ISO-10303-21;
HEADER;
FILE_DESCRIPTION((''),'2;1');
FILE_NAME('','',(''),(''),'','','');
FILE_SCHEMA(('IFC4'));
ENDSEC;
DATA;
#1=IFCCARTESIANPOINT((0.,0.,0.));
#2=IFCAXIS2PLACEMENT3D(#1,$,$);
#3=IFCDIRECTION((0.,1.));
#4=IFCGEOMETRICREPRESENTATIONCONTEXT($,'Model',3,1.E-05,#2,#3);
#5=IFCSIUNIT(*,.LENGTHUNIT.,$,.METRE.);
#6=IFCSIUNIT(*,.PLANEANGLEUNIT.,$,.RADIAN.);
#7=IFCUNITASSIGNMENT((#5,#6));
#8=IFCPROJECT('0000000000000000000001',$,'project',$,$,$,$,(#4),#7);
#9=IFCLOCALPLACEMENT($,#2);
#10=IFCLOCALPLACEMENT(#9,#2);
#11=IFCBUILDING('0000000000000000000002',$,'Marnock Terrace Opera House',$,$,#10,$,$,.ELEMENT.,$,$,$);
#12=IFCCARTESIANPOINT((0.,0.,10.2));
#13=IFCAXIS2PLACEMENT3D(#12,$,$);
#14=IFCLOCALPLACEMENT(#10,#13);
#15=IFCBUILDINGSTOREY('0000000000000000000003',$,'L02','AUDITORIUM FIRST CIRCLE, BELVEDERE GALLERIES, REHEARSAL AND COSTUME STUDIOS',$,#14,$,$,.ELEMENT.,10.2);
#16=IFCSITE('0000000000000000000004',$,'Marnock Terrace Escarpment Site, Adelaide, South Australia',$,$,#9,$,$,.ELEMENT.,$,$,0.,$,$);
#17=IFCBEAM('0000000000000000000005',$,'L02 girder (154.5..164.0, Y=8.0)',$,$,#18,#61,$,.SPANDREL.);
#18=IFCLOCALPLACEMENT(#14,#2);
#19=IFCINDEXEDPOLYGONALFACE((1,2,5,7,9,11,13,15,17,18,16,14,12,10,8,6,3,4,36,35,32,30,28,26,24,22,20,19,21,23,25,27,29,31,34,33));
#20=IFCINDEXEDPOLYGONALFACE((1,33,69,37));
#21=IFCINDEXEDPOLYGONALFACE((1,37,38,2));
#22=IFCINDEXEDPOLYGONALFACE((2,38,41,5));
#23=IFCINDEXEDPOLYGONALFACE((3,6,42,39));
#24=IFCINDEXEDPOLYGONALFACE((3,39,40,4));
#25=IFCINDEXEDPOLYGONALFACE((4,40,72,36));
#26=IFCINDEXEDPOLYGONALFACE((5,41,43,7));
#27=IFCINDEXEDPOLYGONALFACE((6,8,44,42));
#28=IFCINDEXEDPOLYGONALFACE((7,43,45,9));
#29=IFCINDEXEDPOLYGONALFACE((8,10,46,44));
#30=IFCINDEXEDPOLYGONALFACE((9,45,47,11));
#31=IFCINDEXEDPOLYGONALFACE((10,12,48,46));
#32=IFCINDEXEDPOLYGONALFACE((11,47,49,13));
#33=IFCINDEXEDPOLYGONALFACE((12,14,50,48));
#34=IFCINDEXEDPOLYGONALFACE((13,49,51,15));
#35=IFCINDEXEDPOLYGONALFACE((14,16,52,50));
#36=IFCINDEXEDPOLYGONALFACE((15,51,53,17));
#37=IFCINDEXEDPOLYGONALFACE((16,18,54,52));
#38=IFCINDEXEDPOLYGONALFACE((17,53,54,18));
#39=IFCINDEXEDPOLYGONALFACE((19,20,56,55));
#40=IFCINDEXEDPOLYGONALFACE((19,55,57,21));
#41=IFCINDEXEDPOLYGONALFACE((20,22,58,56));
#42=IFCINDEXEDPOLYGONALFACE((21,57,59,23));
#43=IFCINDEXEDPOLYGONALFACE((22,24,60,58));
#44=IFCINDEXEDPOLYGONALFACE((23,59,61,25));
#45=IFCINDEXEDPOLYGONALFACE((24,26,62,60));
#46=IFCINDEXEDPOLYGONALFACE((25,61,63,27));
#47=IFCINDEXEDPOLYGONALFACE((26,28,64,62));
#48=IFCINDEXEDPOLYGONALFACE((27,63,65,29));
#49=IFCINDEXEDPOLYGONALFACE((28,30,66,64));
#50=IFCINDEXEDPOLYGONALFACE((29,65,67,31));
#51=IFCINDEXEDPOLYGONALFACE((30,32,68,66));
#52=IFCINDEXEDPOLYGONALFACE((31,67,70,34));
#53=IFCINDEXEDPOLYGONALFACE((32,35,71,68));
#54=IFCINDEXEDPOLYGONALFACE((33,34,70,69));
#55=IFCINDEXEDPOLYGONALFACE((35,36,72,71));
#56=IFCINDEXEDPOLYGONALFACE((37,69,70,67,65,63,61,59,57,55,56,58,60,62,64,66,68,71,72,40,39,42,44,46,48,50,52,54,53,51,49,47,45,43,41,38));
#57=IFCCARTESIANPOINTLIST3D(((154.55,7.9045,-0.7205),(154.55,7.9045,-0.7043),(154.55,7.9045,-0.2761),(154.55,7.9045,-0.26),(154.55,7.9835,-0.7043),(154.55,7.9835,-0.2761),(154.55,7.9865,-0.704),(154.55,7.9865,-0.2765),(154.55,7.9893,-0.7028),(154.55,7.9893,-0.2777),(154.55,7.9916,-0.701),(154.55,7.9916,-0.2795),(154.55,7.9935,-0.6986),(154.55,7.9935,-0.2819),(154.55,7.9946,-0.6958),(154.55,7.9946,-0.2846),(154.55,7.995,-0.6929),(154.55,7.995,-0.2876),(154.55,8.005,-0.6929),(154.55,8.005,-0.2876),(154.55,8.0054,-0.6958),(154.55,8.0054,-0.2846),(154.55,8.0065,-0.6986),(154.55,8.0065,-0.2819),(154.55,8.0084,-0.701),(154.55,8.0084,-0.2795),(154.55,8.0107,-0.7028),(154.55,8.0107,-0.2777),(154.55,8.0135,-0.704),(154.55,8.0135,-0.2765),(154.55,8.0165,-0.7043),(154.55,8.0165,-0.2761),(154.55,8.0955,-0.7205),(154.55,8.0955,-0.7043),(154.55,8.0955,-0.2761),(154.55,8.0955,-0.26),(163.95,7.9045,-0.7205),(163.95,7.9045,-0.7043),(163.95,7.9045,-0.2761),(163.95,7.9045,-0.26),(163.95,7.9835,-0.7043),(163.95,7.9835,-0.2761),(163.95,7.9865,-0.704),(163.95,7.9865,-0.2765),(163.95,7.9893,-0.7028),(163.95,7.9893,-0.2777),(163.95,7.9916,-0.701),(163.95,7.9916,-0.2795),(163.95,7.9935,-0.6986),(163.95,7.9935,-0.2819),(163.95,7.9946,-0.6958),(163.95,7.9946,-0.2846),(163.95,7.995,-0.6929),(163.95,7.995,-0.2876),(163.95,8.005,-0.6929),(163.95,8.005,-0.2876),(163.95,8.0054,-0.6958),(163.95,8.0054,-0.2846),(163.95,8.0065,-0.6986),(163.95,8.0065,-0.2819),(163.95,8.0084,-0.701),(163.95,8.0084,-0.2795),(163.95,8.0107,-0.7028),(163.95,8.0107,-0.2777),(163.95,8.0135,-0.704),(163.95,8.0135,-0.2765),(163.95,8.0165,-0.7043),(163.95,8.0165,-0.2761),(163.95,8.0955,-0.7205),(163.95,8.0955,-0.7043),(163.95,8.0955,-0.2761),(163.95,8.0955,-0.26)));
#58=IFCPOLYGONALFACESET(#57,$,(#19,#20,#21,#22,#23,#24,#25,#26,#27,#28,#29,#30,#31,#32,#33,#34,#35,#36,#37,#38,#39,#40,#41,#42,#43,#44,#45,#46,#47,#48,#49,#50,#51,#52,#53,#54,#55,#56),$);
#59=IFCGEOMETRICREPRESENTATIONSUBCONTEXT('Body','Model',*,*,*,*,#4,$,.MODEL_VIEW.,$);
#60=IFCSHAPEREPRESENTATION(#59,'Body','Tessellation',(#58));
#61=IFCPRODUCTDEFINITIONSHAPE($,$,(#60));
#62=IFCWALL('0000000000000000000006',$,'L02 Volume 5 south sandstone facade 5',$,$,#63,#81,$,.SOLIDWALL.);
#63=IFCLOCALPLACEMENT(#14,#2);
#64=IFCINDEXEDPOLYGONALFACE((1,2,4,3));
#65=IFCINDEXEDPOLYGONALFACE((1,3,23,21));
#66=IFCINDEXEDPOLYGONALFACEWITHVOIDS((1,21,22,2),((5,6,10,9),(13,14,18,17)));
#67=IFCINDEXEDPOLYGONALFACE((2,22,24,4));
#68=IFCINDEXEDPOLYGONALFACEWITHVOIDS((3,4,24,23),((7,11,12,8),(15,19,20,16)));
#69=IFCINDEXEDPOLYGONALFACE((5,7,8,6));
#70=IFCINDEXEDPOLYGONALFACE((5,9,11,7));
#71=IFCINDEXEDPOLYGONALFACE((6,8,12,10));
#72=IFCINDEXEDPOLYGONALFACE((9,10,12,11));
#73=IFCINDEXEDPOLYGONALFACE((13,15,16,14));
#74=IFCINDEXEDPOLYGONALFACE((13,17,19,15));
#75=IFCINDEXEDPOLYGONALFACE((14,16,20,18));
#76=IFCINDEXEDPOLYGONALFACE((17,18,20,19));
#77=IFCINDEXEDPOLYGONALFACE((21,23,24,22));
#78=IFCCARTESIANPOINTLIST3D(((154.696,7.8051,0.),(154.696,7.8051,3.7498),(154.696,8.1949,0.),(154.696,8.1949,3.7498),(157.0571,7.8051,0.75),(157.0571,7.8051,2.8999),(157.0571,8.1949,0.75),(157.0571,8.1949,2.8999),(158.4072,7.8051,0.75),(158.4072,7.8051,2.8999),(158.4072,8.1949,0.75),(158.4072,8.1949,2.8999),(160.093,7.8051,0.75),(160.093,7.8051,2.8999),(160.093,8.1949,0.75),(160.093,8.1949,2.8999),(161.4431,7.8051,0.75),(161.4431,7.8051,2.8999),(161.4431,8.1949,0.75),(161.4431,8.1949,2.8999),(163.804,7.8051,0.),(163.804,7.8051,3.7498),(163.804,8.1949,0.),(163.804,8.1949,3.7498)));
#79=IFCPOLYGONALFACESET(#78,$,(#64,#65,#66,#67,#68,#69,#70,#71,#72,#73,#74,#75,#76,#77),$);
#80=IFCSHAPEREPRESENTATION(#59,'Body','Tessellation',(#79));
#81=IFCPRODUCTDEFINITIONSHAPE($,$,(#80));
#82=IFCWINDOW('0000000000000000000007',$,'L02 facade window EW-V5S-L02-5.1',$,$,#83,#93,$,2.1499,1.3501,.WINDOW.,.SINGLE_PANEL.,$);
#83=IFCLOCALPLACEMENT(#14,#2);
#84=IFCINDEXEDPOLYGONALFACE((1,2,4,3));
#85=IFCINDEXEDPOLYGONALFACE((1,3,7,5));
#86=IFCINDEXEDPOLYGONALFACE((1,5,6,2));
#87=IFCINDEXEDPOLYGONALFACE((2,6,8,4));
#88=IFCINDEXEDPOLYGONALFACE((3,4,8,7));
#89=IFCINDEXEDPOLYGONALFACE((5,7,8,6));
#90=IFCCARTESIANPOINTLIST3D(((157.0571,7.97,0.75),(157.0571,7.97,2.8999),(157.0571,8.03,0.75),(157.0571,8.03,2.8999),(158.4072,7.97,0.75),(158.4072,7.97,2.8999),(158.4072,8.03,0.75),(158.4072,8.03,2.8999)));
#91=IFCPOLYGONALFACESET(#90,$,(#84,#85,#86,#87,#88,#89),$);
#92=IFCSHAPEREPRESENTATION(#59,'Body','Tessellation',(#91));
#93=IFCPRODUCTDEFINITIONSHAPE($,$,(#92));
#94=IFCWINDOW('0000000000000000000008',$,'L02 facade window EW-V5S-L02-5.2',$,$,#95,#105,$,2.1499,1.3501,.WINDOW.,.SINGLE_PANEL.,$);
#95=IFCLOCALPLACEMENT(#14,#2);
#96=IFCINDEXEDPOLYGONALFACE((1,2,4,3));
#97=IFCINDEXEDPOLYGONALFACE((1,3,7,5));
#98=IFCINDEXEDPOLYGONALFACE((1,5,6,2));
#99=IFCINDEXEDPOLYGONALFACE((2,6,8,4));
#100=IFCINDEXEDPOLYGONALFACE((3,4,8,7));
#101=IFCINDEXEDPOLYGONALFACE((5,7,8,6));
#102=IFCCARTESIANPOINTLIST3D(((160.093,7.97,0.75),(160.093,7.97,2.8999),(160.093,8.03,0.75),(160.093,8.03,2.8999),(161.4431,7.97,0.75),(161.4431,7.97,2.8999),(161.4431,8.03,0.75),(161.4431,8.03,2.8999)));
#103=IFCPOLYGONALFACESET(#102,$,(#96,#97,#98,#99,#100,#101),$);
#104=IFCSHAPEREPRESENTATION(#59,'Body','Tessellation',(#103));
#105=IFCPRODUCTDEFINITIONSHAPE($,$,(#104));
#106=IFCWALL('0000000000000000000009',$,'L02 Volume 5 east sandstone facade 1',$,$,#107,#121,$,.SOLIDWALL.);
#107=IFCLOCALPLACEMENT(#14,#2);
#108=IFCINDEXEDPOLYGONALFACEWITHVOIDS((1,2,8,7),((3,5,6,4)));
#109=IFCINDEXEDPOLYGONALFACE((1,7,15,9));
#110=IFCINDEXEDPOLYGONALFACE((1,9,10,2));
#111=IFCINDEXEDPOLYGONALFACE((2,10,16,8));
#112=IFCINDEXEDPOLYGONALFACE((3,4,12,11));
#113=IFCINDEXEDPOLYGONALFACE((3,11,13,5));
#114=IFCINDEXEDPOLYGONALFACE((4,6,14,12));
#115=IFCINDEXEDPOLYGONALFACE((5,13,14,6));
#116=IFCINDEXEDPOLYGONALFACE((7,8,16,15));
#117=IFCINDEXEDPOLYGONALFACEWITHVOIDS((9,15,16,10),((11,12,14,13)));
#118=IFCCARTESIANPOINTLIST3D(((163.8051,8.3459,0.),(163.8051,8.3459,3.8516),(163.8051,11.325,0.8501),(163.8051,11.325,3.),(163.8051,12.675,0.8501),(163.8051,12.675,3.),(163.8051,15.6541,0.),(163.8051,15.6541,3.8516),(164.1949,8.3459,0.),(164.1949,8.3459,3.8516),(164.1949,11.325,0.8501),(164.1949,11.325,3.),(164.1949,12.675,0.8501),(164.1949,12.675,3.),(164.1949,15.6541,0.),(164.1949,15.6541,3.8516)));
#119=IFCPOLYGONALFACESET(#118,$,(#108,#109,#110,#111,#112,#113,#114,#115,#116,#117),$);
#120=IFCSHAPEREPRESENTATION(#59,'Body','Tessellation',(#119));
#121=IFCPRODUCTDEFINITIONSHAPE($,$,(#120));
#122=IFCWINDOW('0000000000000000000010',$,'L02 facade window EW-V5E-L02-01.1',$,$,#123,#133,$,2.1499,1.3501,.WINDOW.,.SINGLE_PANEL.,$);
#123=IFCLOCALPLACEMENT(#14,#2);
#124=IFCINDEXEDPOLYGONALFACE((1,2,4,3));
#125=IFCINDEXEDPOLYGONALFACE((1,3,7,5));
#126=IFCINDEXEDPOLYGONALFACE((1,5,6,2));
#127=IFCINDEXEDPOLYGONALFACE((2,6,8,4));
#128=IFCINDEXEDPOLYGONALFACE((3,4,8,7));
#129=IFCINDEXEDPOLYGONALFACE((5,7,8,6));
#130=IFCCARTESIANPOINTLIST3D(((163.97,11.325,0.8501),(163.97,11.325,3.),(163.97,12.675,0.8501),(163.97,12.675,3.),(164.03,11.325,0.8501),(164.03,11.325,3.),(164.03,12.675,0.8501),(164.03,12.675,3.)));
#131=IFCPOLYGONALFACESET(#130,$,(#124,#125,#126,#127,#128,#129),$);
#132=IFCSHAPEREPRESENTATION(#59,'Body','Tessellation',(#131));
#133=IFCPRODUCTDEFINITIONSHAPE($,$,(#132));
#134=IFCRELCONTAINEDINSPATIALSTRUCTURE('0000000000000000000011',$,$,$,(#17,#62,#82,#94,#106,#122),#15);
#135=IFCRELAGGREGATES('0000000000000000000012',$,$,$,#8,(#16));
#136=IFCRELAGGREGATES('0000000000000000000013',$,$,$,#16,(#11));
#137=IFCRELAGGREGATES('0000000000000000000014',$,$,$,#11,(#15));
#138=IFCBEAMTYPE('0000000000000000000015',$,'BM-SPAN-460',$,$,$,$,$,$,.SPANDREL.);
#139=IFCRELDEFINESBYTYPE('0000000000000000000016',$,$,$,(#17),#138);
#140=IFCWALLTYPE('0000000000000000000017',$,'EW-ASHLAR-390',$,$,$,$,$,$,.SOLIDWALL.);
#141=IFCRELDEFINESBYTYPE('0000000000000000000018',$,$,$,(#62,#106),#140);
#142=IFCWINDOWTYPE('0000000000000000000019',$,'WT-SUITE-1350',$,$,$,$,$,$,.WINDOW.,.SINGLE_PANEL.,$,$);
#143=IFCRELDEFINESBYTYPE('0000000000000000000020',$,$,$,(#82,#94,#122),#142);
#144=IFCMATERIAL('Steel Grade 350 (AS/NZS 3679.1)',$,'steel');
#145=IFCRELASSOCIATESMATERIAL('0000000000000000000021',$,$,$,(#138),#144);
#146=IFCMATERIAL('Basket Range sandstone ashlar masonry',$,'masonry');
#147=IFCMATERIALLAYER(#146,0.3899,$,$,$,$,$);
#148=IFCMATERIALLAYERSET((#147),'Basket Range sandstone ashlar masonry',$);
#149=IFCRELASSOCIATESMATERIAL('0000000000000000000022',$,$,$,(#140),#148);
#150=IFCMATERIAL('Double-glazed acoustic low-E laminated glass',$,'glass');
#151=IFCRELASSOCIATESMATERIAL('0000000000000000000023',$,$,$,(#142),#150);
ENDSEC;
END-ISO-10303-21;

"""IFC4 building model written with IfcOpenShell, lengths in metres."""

from ifc_helpers import new_model, si_unit, direction, frame, frame_2d, origin, origin_2d, place, context, subcontext, project, spatial, rectangle, i_section, extrude, material, layer, layer_set, material_profile, profile_set, type_object, element, fill, save


model = new_model("IFC4")

# Units and contexts
model_context = context("Model", 3, precision=1e-05, world=origin(), true_north=direction((0.0, 1.0)))
body_context = subcontext(model_context, "Body", "Model", "MODEL_VIEW")
ifc_project = project(units=[si_unit("LENGTHUNIT", "METRE"), si_unit("PLANEANGLEUNIT", "RADIAN")], contexts=[model_context])

# Site, building, storey
site_placement = place(None, origin())
site = spatial("IfcSite", under=ifc_project, at=site_placement, Name="Marnock Terrace Escarpment Site, Adelaide, South Australia", CompositionType="ELEMENT", RefElevation=0.0)
building_placement = place(site_placement, origin())
building = spatial("IfcBuilding", under=site, at=building_placement, Name="Marnock Terrace Opera House", CompositionType="ELEMENT")
storey_placement = place(building_placement, frame((0.0, 0.0, 10.2)))
storey = spatial("IfcBuildingStorey", under=building, at=storey_placement, Name="L02", Description="AUDITORIUM FIRST CIRCLE, BELVEDERE GALLERIES, REHEARSAL AND COSTUME STUDIOS", CompositionType="ELEMENT", Elevation=10.2)

# Beam
ifc_material_1 = material(Name="Steel Grade 350 (AS/NZS 3679.1)", Category="steel")
ifc_material_profile_1 = material_profile(ifc_material_1, i_section(OverallWidth=0.1909, OverallDepth=0.4604, WebThickness=0.01, FlangeThickness=0.0161, FilletRadius=0.0115, at=origin_2d()))
ifc_profile_set_1 = profile_set([ifc_material_profile_1], Name="Steel Grade 350 (AS/NZS 3679.1)")
beam_type_1 = type_object("IfcBeamType", Name="BM-SPAN-460", PredefinedType="SPANDREL", material=ifc_profile_set_1)
beam_1_placement = place(storey_placement, frame((154.55, 8.0, -0.4902), z_axis=(1.0, 0.0, 0.0), x_axis=(0.0, 1.0, 0.0)))
element("IfcBeam", 1, at=beam_1_placement, inside=storey, type_object=beam_type_1, Name="L02 girder (154.5..164.0, Y=8.0)", PredefinedType="SPANDREL", context=body_context, shape_type="SweptSolid", body=[
    extrude(i_section(OverallWidth=0.1909, OverallDepth=0.4604, WebThickness=0.01, FlangeThickness=0.0161, FilletRadius=0.0115, at=origin_2d()), origin(), (0.0, 0.0, 1.0), 9.3999),
])

# Wall, openings, windows
ifc_material_2 = material(Name="Basket Range sandstone ashlar masonry", Category="masonry")
ifc_layer = layer(ifc_material_2, 0.3899)
ifc_layer_set = layer_set([ifc_layer], Name="Basket Range sandstone ashlar masonry")
wall_type = type_object("IfcWallType", Name="EW-ASHLAR-390", PredefinedType="SOLIDWALL", material=ifc_layer_set)
wall_1_placement = place(storey_placement, frame((154.696, 8.0, 0.0), z_axis=(0.0, 0.0, 1.0), x_axis=(1.0, 0.0, 0.0)))
wall_1 = element("IfcWall", 2, at=wall_1_placement, inside=storey, type_object=wall_type, Name="L02 Volume 5 south sandstone facade 5", PredefinedType="SOLIDWALL", context=body_context, shape_type="SweptSolid", body=[
    extrude(rectangle(XDim=9.1079, YDim=0.3899, at=frame_2d((4.554, 0.0))), origin(), (0.0, 0.0, 1.0), 3.7498),
])
opening_1_placement = place(wall_1_placement, frame((2.3611, 0.0, 0.75)))
opening_1 = element("IfcOpeningElement", 3, at=opening_1_placement, cuts=wall_1, PredefinedType="OPENING", context=body_context, shape_type="SweptSolid", body=[
    extrude(rectangle(XDim=1.3501, YDim=2.1499, at=frame_2d((0.675, 1.075))), frame((0.0, 0.2048, 0.0), z_axis=(0.0, -1.0, 0.0), x_axis=(1.0, 0.0, 0.0)), (0.0, 0.0, 1.0), 0.4099),
])
opening_2_placement = place(wall_1_placement, frame((5.397, 0.0, 0.75)))
opening_2 = element("IfcOpeningElement", 4, at=opening_2_placement, cuts=wall_1, PredefinedType="OPENING", context=body_context, shape_type="SweptSolid", body=[
    extrude(rectangle(XDim=1.3501, YDim=2.1499, at=frame_2d((0.675, 1.075))), frame((0.0, 0.2048, 0.0), z_axis=(0.0, -1.0, 0.0), x_axis=(1.0, 0.0, 0.0)), (0.0, 0.0, 1.0), 0.4099),
])
ifc_material_3 = material(Name="Double-glazed acoustic low-E laminated glass", Category="glass")
window_type = type_object("IfcWindowType", Name="WT-SUITE-1350", PartitioningType="SINGLE_PANEL", PredefinedType="WINDOW", material=ifc_material_3)
window_1_placement = place(opening_1_placement, origin())
window_1 = element("IfcWindow", 5, at=window_1_placement, inside=storey, type_object=window_type, Name="L02 facade window EW-V5S-L02-5.1", OverallHeight=2.1499, OverallWidth=1.3501, PartitioningType="SINGLE_PANEL", PredefinedType="WINDOW", context=body_context, shape_type="SweptSolid", body=[
    extrude(rectangle(XDim=1.3501, YDim=2.1499, at=frame_2d((0.675, 1.075))), frame((0.0, 0.03, 0.0), z_axis=(0.0, -1.0, 0.0), x_axis=(1.0, 0.0, 0.0)), (0.0, 0.0, 1.0), 0.0601),
])
fill(opening_1, window_1)
window_2_placement = place(opening_2_placement, origin())
window_2 = element("IfcWindow", 6, at=window_2_placement, inside=storey, type_object=window_type, Name="L02 facade window EW-V5S-L02-5.2", OverallHeight=2.1499, OverallWidth=1.3501, PartitioningType="SINGLE_PANEL", PredefinedType="WINDOW", context=body_context, shape_type="SweptSolid", body=[
    extrude(rectangle(XDim=1.3501, YDim=2.1499, at=frame_2d((0.675, 1.075))), frame((0.0, 0.03, 0.0), z_axis=(0.0, -1.0, 0.0), x_axis=(1.0, 0.0, 0.0)), (0.0, 0.0, 1.0), 0.0601),
])
fill(opening_2, window_2)

# Wall, opening, window
wall_2_placement = place(storey_placement, frame((164.0, 8.3459, 0.0), z_axis=(0.0, 0.0, 1.0), x_axis=(0.0, 1.0, 0.0)))
wall_2 = element("IfcWall", 7, at=wall_2_placement, inside=storey, type_object=wall_type, Name="L02 Volume 5 east sandstone facade 1", PredefinedType="SOLIDWALL", context=body_context, shape_type="SweptSolid", body=[
    extrude(rectangle(XDim=7.3081, YDim=0.3899, at=frame_2d((3.6541, 0.0))), origin(), (0.0, 0.0, 1.0), 3.8516),
])
opening_3_placement = place(wall_2_placement, frame((2.979, 0.0, 0.8501)))
opening_3 = element("IfcOpeningElement", 8, at=opening_3_placement, cuts=wall_2, PredefinedType="OPENING", context=body_context, shape_type="SweptSolid", body=[
    extrude(rectangle(XDim=1.3501, YDim=2.1499, at=frame_2d((0.675, 1.075))), frame((0.0, 0.2048, 0.0), z_axis=(0.0, -1.0, 0.0), x_axis=(1.0, 0.0, 0.0)), (0.0, 0.0, 1.0), 0.4099),
])
window_3_placement = place(opening_3_placement, origin())
window_3 = element("IfcWindow", 9, at=window_3_placement, inside=storey, type_object=window_type, Name="L02 facade window EW-V5E-L02-01.1", OverallHeight=2.1499, OverallWidth=1.3501, PartitioningType="SINGLE_PANEL", PredefinedType="WINDOW", context=body_context, shape_type="SweptSolid", body=[
    extrude(rectangle(XDim=1.3501, YDim=2.1499, at=frame_2d((0.675, 1.075))), frame((0.0, 0.03, 0.0), z_axis=(0.0, -1.0, 0.0), x_axis=(1.0, 0.0, 0.0)), (0.0, 0.0, 1.0), 0.0601),
])
fill(opening_3, window_3)

save(model, "model.ifc")
